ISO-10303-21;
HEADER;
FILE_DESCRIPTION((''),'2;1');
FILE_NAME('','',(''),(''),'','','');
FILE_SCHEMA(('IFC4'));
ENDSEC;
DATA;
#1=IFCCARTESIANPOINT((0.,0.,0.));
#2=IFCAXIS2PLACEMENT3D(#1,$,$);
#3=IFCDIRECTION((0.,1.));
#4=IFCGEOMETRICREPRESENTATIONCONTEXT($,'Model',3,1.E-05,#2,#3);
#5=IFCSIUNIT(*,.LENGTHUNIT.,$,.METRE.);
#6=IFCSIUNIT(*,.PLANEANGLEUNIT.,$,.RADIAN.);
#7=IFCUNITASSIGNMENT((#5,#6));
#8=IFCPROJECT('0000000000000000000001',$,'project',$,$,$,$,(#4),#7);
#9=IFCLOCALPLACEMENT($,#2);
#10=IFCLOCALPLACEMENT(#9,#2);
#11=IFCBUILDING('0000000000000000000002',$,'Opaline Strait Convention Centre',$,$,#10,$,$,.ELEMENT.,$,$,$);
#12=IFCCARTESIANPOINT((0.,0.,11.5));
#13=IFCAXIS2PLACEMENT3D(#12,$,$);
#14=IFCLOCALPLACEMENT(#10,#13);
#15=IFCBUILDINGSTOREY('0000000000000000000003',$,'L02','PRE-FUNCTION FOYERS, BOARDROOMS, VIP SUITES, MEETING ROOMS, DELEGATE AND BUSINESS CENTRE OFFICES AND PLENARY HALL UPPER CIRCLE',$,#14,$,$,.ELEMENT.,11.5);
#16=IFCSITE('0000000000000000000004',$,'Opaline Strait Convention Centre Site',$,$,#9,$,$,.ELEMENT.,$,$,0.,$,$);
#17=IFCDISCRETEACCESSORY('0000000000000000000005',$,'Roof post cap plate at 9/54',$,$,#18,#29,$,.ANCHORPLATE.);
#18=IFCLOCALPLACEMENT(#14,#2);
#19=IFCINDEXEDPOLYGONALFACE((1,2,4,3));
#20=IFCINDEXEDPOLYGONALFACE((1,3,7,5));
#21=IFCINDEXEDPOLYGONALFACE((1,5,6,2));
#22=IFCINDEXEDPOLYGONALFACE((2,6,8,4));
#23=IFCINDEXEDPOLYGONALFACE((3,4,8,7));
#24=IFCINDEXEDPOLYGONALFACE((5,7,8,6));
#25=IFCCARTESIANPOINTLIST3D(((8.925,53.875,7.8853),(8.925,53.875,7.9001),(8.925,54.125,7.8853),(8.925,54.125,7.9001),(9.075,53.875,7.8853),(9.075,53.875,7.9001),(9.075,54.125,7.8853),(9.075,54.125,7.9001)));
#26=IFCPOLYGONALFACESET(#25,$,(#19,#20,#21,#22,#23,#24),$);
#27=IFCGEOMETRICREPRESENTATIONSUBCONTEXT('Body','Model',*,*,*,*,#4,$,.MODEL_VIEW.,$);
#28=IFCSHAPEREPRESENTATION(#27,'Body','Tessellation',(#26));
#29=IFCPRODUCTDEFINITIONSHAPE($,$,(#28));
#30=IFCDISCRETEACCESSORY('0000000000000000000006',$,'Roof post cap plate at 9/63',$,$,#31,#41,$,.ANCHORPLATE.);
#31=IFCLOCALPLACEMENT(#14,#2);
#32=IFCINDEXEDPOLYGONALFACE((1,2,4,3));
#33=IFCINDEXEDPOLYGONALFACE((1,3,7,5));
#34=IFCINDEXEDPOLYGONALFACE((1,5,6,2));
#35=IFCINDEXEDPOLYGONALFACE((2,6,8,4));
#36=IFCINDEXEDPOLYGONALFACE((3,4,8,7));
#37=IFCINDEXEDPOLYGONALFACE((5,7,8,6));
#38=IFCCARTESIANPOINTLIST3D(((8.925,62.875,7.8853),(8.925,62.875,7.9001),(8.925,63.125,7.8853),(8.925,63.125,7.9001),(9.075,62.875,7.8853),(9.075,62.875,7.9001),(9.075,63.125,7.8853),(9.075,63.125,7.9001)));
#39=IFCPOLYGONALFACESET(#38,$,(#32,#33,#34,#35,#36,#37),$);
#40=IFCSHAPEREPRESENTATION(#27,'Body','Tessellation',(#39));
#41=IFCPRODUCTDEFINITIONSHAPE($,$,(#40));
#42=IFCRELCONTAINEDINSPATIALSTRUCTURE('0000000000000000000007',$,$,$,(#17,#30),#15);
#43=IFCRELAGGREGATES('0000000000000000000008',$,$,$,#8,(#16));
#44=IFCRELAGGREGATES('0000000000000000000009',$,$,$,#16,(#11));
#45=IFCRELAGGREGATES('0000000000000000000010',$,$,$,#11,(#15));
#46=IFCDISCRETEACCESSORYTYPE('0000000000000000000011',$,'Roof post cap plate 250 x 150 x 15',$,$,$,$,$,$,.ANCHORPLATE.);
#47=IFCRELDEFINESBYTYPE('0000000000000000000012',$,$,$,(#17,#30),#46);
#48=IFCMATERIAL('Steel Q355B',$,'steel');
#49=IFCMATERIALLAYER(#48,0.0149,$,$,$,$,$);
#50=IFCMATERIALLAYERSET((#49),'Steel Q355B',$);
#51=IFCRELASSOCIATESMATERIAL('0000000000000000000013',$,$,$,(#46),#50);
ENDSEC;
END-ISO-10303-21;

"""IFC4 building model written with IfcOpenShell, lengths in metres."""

from ifc_helpers import new_model, si_unit, direction, frame, origin, origin_2d, place, context, subcontext, project, spatial, rectangle, extrude, material, layer, layer_set, type_object, element, save


model = new_model("IFC4")

# Units and contexts
model_context = context("Model", 3, precision=1e-05, world=origin(), true_north=direction((0.0, 1.0)))
body_context = subcontext(model_context, "Body", "Model", "MODEL_VIEW")
ifc_project = project(units=[si_unit("LENGTHUNIT", "METRE"), si_unit("PLANEANGLEUNIT", "RADIAN")], contexts=[model_context])

# Site, building, storey
site_placement = place(None, origin())
site = spatial("IfcSite", under=ifc_project, at=site_placement, Name="Opaline Strait Convention Centre Site", CompositionType="ELEMENT", RefElevation=0.0)
building_placement = place(site_placement, origin())
building = spatial("IfcBuilding", under=site, at=building_placement, Name="Opaline Strait Convention Centre", CompositionType="ELEMENT")
storey_placement = place(building_placement, frame((0.0, 0.0, 11.5)))
storey = spatial("IfcBuildingStorey", under=building, at=storey_placement, Name="L02", Description="PRE-FUNCTION FOYERS, BOARDROOMS, VIP SUITES, MEETING ROOMS, DELEGATE AND BUSINESS CENTRE OFFICES AND PLENARY HALL UPPER CIRCLE", CompositionType="ELEMENT", Elevation=11.5)

# Shared definitions
ifc_material_1 = material(Name="Steel Q355B", Category="steel")

# Discrete accessories
ifc_layer_1 = layer(ifc_material_1, 0.0149)
ifc_layer_set_1 = layer_set([ifc_layer_1], Name="Steel Q355B")
discrete_accessory_type_1 = type_object("IfcDiscreteAccessoryType", Name="Roof post cap plate 250 x 150 x 15", PredefinedType="ANCHORPLATE", material=ifc_layer_set_1)
for number, where, z_axis, x_axis, name in (
    (1, (9.0, 54.0, 7.8853), (0.0, 0.0, 1.0), (1.0, 0.0, 0.0), "Roof post cap plate at 9/54"),
    (2, (9.0, 63.0, 7.8853), (0.0, 0.0, 1.0), (1.0, 0.0, 0.0), "Roof post cap plate at 9/63"),
):
    element("IfcDiscreteAccessory", number, at=place(storey_placement, frame(where, z_axis=z_axis, x_axis=x_axis)), inside=storey, type_object=discrete_accessory_type_1, Name=name, PredefinedType="ANCHORPLATE", context=body_context, shape_type="SweptSolid", body=[
        extrude(rectangle(XDim=0.1499, YDim=0.25, at=origin_2d()), origin(), (0.0, 0.0, 1.0), 0.0149),
    ])

save(model, "model.ifc")
